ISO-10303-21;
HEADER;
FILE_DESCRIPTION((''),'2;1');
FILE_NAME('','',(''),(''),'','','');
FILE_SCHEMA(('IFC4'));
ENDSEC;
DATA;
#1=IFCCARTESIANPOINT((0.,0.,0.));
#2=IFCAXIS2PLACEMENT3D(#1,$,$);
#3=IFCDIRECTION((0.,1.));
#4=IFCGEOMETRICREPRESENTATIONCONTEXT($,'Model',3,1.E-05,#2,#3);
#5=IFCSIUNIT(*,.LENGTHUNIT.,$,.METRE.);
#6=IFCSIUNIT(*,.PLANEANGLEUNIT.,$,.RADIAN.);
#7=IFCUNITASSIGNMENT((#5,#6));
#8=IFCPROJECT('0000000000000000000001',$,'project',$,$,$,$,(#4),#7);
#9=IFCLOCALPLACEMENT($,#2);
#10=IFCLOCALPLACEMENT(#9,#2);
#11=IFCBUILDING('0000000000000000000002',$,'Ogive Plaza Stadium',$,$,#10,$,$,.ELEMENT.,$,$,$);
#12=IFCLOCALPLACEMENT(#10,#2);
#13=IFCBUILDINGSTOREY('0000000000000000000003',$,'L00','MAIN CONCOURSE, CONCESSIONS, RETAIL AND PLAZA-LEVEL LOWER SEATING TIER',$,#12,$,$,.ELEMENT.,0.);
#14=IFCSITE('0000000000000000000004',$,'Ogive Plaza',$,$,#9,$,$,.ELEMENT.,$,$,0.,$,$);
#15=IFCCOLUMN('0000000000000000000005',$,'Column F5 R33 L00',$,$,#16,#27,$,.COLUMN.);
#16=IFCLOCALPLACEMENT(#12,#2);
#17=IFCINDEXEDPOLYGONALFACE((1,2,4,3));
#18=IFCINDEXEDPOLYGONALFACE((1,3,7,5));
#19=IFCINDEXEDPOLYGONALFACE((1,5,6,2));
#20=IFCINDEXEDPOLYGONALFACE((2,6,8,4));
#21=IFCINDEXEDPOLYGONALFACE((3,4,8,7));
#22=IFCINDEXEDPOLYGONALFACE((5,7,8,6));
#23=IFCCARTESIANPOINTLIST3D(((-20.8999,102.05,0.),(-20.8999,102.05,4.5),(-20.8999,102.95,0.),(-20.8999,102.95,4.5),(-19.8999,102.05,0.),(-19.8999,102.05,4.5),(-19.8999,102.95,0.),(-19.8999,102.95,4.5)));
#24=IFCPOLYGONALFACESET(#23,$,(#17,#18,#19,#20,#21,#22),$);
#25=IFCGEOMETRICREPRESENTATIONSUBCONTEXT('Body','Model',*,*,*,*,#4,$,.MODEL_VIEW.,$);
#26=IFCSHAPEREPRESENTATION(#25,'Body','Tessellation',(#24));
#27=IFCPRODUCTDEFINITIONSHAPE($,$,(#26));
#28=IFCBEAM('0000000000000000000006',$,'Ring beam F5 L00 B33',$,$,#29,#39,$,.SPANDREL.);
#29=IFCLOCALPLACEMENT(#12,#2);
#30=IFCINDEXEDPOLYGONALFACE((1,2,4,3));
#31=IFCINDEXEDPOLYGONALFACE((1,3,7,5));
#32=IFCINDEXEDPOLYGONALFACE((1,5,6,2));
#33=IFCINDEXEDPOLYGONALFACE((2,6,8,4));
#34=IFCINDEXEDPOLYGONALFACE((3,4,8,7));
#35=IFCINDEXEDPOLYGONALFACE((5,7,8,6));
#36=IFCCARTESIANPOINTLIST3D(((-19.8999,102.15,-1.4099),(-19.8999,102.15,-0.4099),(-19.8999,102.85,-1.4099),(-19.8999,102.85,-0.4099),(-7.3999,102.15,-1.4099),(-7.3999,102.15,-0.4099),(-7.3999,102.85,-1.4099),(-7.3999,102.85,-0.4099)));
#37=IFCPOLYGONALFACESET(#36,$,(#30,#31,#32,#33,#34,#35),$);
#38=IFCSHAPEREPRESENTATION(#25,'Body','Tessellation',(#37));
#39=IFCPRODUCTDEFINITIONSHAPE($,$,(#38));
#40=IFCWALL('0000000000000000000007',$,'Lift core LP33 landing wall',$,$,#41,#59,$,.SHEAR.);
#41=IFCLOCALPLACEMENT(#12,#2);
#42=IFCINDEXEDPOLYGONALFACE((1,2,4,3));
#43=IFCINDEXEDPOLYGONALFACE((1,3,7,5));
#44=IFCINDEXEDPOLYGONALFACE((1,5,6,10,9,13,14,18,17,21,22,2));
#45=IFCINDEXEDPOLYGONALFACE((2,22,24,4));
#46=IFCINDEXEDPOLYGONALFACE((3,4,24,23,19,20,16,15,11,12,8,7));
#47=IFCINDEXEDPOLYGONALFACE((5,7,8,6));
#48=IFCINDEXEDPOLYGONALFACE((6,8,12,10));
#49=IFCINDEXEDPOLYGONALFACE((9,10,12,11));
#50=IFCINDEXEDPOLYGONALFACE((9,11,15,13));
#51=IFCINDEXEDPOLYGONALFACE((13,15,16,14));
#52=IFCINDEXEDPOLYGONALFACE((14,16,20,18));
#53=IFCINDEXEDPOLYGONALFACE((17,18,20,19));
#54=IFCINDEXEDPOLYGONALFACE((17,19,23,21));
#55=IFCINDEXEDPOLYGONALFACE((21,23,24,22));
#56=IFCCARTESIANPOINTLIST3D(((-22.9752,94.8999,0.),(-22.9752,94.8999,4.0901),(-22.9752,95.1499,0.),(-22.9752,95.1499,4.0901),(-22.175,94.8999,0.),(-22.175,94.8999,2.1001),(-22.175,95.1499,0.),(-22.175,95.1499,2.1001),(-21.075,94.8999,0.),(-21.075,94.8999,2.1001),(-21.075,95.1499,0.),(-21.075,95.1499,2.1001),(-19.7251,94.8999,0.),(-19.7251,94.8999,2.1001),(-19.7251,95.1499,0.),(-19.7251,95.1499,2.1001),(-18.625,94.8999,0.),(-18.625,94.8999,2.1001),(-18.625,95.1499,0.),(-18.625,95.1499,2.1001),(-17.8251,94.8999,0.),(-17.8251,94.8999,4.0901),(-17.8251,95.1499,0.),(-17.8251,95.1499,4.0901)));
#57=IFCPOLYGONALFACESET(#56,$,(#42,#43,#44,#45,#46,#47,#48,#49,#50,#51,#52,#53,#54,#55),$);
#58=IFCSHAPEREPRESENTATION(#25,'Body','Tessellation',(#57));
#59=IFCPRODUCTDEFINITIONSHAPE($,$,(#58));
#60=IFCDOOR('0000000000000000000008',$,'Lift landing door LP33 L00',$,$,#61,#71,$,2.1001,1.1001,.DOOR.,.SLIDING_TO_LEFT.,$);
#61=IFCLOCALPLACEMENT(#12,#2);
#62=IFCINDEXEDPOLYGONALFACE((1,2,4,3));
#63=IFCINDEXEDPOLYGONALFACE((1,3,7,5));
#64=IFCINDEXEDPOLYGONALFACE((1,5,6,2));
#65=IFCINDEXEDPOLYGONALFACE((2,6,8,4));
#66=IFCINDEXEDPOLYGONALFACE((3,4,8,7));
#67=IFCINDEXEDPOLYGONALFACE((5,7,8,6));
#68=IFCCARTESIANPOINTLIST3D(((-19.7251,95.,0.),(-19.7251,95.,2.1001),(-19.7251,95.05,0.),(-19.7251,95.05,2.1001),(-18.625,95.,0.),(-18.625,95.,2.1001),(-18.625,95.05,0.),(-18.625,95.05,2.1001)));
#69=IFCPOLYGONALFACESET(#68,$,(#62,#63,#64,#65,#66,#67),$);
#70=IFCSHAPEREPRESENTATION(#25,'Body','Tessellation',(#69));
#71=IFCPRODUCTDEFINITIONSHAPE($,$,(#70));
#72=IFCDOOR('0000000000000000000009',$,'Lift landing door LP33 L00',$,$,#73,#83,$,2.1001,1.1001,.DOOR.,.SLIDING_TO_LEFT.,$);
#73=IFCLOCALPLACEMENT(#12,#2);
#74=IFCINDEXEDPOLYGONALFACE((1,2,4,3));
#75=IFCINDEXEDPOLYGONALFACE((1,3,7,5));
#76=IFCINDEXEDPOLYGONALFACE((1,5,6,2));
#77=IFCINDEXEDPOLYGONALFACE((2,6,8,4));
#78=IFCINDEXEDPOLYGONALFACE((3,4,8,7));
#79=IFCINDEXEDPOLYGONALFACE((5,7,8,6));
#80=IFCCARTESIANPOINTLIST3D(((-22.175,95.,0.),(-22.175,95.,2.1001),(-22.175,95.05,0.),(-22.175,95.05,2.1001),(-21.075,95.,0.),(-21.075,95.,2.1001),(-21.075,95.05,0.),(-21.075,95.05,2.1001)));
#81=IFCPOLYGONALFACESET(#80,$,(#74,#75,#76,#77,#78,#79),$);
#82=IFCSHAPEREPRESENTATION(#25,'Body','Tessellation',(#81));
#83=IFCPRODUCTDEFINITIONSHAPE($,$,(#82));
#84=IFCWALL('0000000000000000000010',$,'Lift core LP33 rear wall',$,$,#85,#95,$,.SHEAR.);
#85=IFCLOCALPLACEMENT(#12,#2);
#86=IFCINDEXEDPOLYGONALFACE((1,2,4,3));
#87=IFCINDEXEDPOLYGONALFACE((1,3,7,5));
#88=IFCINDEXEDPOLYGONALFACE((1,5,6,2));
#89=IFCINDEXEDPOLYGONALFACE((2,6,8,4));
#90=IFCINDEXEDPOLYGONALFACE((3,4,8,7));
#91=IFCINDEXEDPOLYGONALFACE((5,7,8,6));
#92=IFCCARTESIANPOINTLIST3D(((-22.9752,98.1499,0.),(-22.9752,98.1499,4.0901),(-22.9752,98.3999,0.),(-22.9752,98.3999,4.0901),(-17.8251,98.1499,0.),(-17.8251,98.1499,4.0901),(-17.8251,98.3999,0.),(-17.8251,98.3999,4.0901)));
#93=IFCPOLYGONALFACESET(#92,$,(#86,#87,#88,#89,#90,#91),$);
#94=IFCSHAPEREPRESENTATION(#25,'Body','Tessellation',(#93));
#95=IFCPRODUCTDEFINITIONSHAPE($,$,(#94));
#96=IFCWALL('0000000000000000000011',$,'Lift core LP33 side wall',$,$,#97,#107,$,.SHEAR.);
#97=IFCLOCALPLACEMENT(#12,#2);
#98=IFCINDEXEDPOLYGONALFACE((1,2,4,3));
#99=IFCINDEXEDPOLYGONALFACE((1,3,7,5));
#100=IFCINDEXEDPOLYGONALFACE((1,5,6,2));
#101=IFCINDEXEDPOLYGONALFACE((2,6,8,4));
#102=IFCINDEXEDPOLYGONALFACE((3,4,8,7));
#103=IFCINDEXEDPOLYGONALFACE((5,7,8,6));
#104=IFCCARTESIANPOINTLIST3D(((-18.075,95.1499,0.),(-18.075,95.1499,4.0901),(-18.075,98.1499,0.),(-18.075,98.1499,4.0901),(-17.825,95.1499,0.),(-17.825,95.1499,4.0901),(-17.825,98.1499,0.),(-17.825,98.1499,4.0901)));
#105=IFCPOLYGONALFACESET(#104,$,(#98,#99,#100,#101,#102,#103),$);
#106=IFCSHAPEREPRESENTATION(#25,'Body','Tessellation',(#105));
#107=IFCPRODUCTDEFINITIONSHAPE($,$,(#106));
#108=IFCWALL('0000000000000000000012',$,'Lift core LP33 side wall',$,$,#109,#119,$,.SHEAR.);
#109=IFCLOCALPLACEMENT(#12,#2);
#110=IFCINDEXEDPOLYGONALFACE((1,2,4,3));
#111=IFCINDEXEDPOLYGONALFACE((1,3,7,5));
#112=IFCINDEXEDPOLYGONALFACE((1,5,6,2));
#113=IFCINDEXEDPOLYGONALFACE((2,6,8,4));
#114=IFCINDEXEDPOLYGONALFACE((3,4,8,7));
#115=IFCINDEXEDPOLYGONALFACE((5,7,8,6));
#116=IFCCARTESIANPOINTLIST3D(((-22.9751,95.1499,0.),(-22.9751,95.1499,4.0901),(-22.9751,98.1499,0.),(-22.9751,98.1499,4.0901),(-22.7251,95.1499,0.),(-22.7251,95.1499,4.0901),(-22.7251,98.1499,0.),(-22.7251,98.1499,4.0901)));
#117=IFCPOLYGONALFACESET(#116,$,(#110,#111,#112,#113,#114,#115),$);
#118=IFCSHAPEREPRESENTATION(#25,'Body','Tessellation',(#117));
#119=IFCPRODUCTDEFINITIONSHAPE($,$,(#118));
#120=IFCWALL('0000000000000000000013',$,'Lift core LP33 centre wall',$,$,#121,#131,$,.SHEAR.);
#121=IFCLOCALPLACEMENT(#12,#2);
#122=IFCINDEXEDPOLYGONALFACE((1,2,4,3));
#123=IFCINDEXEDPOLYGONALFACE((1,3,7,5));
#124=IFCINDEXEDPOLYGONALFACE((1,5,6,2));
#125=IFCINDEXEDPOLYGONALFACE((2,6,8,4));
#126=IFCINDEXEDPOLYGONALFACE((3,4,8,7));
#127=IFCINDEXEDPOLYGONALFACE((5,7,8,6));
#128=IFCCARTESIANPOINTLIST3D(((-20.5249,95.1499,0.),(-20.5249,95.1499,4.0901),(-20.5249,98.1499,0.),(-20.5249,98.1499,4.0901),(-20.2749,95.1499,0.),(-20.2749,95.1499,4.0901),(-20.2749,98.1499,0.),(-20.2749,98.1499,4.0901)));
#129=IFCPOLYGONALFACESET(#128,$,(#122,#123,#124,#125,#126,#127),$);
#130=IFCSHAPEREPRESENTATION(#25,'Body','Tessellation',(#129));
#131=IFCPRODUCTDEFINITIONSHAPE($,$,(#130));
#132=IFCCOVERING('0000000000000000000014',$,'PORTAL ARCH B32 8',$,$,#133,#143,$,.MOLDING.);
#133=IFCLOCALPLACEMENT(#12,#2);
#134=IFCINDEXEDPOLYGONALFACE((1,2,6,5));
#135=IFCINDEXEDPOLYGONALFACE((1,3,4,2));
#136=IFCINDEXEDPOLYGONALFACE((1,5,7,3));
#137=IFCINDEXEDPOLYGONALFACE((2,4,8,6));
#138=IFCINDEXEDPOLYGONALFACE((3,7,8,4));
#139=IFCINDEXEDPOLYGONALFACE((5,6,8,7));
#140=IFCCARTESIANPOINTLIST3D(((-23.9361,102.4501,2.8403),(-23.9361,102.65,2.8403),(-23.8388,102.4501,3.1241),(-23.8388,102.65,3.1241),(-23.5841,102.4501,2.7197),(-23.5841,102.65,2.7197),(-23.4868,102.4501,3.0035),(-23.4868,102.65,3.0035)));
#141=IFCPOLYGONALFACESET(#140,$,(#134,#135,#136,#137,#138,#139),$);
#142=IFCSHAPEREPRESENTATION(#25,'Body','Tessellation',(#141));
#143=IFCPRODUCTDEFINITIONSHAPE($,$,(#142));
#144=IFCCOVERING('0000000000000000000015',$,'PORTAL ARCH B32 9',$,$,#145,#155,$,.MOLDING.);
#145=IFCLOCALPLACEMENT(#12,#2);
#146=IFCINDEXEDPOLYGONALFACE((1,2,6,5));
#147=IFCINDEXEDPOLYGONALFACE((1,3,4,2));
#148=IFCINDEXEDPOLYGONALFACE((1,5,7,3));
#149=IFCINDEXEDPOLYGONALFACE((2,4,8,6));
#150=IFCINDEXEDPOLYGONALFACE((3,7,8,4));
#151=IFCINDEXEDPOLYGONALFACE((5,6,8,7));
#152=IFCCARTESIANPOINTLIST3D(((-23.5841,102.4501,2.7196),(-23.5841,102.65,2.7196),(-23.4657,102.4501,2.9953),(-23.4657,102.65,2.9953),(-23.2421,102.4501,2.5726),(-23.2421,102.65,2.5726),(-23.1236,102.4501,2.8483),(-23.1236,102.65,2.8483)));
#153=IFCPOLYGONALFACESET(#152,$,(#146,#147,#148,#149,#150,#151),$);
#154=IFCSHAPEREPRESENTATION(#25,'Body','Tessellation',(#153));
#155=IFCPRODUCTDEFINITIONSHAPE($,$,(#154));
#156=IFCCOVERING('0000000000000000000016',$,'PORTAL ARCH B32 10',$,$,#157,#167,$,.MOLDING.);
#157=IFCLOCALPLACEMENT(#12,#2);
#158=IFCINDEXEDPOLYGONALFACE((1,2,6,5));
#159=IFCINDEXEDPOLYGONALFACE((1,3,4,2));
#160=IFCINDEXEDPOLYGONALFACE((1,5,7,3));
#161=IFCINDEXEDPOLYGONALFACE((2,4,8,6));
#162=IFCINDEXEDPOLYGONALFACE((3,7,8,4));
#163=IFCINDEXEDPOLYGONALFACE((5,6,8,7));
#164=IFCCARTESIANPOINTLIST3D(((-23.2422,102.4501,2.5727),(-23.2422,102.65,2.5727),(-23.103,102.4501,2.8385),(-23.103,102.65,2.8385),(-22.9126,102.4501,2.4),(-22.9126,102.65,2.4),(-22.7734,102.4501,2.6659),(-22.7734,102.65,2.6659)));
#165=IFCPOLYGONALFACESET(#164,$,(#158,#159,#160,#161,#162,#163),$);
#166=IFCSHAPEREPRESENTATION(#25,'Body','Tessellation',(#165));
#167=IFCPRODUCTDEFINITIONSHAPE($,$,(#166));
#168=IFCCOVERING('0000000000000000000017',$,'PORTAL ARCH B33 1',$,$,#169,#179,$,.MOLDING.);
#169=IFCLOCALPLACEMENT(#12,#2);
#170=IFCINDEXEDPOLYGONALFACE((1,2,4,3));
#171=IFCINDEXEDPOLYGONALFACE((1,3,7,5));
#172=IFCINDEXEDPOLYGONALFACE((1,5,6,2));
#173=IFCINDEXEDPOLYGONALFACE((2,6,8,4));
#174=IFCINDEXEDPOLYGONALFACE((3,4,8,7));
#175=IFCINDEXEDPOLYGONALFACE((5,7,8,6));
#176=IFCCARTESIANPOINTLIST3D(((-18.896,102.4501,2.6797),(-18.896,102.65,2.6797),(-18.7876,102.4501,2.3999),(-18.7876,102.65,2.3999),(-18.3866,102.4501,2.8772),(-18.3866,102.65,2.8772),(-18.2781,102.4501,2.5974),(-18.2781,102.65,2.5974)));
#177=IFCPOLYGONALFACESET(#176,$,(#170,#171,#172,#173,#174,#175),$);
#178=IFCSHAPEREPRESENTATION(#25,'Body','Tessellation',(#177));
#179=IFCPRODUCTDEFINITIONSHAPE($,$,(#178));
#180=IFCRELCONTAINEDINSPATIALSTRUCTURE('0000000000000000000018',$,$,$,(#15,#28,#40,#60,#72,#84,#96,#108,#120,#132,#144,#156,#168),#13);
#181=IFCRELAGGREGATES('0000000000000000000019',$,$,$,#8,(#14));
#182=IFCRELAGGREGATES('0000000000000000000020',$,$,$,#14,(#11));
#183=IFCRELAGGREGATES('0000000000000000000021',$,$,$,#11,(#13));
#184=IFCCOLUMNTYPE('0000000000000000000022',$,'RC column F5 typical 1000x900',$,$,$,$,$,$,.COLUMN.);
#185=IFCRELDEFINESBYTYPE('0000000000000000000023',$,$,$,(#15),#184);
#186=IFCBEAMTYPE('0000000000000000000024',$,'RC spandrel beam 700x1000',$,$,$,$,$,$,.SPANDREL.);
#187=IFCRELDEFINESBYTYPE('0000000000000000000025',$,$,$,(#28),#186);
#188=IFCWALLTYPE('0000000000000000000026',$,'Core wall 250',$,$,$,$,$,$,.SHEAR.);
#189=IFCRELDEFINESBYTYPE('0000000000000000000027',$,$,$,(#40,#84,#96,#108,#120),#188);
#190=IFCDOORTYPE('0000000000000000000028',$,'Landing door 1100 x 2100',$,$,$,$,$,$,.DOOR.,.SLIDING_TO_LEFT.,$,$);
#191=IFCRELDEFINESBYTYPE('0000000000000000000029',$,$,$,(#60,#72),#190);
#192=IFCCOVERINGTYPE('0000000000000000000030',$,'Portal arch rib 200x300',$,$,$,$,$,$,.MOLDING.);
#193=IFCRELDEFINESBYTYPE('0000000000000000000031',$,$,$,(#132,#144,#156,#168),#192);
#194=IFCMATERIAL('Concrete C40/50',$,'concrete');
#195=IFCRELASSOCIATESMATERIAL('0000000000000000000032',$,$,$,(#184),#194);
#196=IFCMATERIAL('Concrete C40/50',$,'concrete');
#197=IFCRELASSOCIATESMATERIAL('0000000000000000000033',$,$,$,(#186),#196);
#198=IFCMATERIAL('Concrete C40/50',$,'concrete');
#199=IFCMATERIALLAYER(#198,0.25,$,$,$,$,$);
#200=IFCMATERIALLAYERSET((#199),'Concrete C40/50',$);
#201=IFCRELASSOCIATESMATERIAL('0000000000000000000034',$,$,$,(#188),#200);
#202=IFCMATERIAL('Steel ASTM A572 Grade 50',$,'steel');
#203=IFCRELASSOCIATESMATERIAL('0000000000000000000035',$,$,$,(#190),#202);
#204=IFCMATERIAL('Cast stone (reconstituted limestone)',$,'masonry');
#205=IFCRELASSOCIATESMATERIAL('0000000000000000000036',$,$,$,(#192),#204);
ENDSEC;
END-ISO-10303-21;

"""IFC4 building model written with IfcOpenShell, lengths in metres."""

from ifc_helpers import new_model, si_unit, direction, frame, frame_2d, origin, origin_2d, place, context, subcontext, project, spatial, rectangle, extrude, material, layer, layer_set, material_profile, profile_set, type_object, element, fill, save


model = new_model("IFC4")

# Units and contexts
model_context = context("Model", 3, precision=1e-05, world=origin(), true_north=direction((0.0, 1.0)))
body_context = subcontext(model_context, "Body", "Model", "MODEL_VIEW")
ifc_project = project(units=[si_unit("LENGTHUNIT", "METRE"), si_unit("PLANEANGLEUNIT", "RADIAN")], contexts=[model_context])

# Site, building, storey
site_placement = place(None, origin())
site = spatial("IfcSite", under=ifc_project, at=site_placement, Name="Ogive Plaza", CompositionType="ELEMENT", RefElevation=0.0)
building_placement = place(site_placement, origin())
building = spatial("IfcBuilding", under=site, at=building_placement, Name="Ogive Plaza Stadium", CompositionType="ELEMENT")
storey_placement = place(building_placement, origin())
storey = spatial("IfcBuildingStorey", under=building, at=storey_placement, Name="L00", Description="MAIN CONCOURSE, CONCESSIONS, RETAIL AND PLAZA-LEVEL LOWER SEATING TIER", CompositionType="ELEMENT", Elevation=0.0)

# Column
ifc_material_1 = material(Name="Concrete C40/50", Category="concrete")
ifc_material_profile_1 = material_profile(ifc_material_1, rectangle(XDim=1.0, YDim=0.8999, at=origin_2d()), Name="RC 1000x900")
ifc_profile_set_1 = profile_set([ifc_material_profile_1], Name="Concrete C40/50")
column_type = type_object("IfcColumnType", Name="RC column F5 typical 1000x900", PredefinedType="COLUMN", material=ifc_profile_set_1)
column_placement = place(storey_placement, frame((-20.3999, 102.5, 0.0), z_axis=(0.0, 0.0, 1.0), x_axis=(-1.0, 0.0, 0.0)))
element("IfcColumn", 1, at=column_placement, inside=storey, type_object=column_type, Name="Column F5 R33 L00", PredefinedType="COLUMN", context=body_context, shape_type="SweptSolid", body=[
    extrude(rectangle(XDim=1.0, YDim=0.8999, at=origin_2d()), origin(), (0.0, 0.0, 1.0), 4.5),
])

# Beam
ifc_material_2 = material(Name="Concrete C40/50", Category="concrete")
ifc_material_profile_2 = material_profile(ifc_material_2, rectangle(XDim=0.7, YDim=1.0, at=origin_2d()), Name="RC 700x1000")
ifc_profile_set_2 = profile_set([ifc_material_profile_2], Name="Concrete C40/50")
beam_type = type_object("IfcBeamType", Name="RC spandrel beam 700x1000", PredefinedType="SPANDREL", material=ifc_profile_set_2)
beam_placement = place(storey_placement, frame((-19.8999, 102.5, -0.9099), z_axis=(1.0, 0.0, 0.0), x_axis=(0.0, 1.0, 0.0)))
element("IfcBeam", 2, at=beam_placement, inside=storey, type_object=beam_type, Name="Ring beam F5 L00 B33", PredefinedType="SPANDREL", context=body_context, shape_type="SweptSolid", body=[
    extrude(rectangle(XDim=0.7, YDim=1.0, at=origin_2d()), origin(), (0.0, 0.0, 1.0), 12.5),
])

# Wall, openings, doors
ifc_material_3 = material(Name="Concrete C40/50", Category="concrete")
ifc_layer_1 = layer(ifc_material_3, 0.25)
ifc_layer_set_1 = layer_set([ifc_layer_1], Name="Concrete C40/50")
wall_type_1 = type_object("IfcWallType", Name="Core wall 250", PredefinedType="SHEAR", material=ifc_layer_set_1)
wall_1_placement = place(storey_placement, frame((-17.825, 95.0249, 0.0), z_axis=(0.0, 0.0, 1.0), x_axis=(-1.0, 0.0, 0.0)))
wall_1 = element("IfcWall", 3, at=wall_1_placement, inside=storey, type_object=wall_type_1, Name="Lift core LP33 landing wall", PredefinedType="SHEAR", context=body_context, shape_type="SweptSolid", body=[
    extrude(rectangle(XDim=5.1501, YDim=0.25, at=frame_2d((2.5752, 0.0))), origin(), (0.0, 0.0, 1.0), 4.0901),
])
opening_1_placement = place(wall_1_placement, frame((0.8, 0.0, 0.0)))
opening_1 = element("IfcOpeningElement", 4, at=opening_1_placement, cuts=wall_1, PredefinedType="OPENING", context=body_context, shape_type="SweptSolid", body=[
    extrude(rectangle(XDim=1.1001, YDim=2.1001, at=frame_2d((0.55, 1.05))), frame((0.0, 0.125, 0.0), z_axis=(0.0, -1.0, 0.0), x_axis=(1.0, 0.0, 0.0)), (0.0, 0.0, 1.0), 0.25),
])
opening_2_placement = place(wall_1_placement, frame((3.25, 0.0, 0.0)))
opening_2 = element("IfcOpeningElement", 5, at=opening_2_placement, cuts=wall_1, PredefinedType="OPENING", context=body_context, shape_type="SweptSolid", body=[
    extrude(rectangle(XDim=1.1001, YDim=2.1001, at=frame_2d((0.55, 1.05))), frame((0.0, 0.125, 0.0), z_axis=(0.0, -1.0, 0.0), x_axis=(1.0, 0.0, 0.0)), (0.0, 0.0, 1.0), 0.25),
])
ifc_material_4 = material(Name="Steel ASTM A572 Grade 50", Category="steel")
door_type_1 = type_object("IfcDoorType", Name="Landing door 1100 x 2100", OperationType="SLIDING_TO_LEFT", PredefinedType="DOOR", material=ifc_material_4)
door_1_placement = place(opening_1_placement, origin())
door_1 = element("IfcDoor", 6, at=door_1_placement, inside=storey, type_object=door_type_1, Name="Lift landing door LP33 L00", OperationType="SLIDING_TO_LEFT", OverallHeight=2.1001, OverallWidth=1.1001, PredefinedType="DOOR", context=body_context, shape_type="SweptSolid", body=[
    extrude(rectangle(XDim=1.1001, YDim=2.1001, at=frame_2d((0.55, 1.05))), frame((0.0, 0.0249, 0.0), z_axis=(0.0, -1.0, 0.0), x_axis=(1.0, 0.0, 0.0)), (0.0, 0.0, 1.0), 0.05),
])
fill(opening_1, door_1)
door_2_placement = place(opening_2_placement, origin())
door_2 = element("IfcDoor", 7, at=door_2_placement, inside=storey, type_object=door_type_1, Name="Lift landing door LP33 L00", OperationType="SLIDING_TO_LEFT", OverallHeight=2.1001, OverallWidth=1.1001, PredefinedType="DOOR", context=body_context, shape_type="SweptSolid", body=[
    extrude(rectangle(XDim=1.1001, YDim=2.1001, at=frame_2d((0.55, 1.05))), frame((0.0, 0.0249, 0.0), z_axis=(0.0, -1.0, 0.0), x_axis=(1.0, 0.0, 0.0)), (0.0, 0.0, 1.0), 0.05),
])
fill(opening_2, door_2)

# Walls
wall_2_placement = place(storey_placement, frame((-17.825, 98.2749, 0.0), z_axis=(0.0, 0.0, 1.0), x_axis=(-1.0, 0.0, 0.0)))
element("IfcWall", 8, at=wall_2_placement, inside=storey, type_object=wall_type_1, Name="Lift core LP33 rear wall", PredefinedType="SHEAR", context=body_context, shape_type="SweptSolid", body=[
    extrude(rectangle(XDim=5.1501, YDim=0.25, at=frame_2d((2.5752, 0.0))), origin(), (0.0, 0.0, 1.0), 4.0901),
])
for number, where, z_axis, x_axis, name in (
    (9, (-17.95, 95.1499, 0.0), (0.0, 0.0, 1.0), (0.0, 1.0, 0.0), "Lift core LP33 side wall"),
    (10, (-22.8501, 95.1499, 0.0), (0.0, 0.0, 1.0), (0.0, 1.0, 0.0), "Lift core LP33 side wall"),
    (11, (-20.3999, 95.1499, 0.0), (0.0, 0.0, 1.0), (0.0, 1.0, 0.0), "Lift core LP33 centre wall"),
):
    element("IfcWall", number, at=place(storey_placement, frame(where, z_axis=z_axis, x_axis=x_axis)), inside=storey, type_object=wall_type_1, Name=name, PredefinedType="SHEAR", context=body_context, shape_type="SweptSolid", body=[
        extrude(rectangle(XDim=3.0, YDim=0.25, at=frame_2d((1.5, 0.0))), origin(), (0.0, 0.0, 1.0), 4.0901),
    ])

# Coverings
ifc_material_5 = material(Name="Cast stone (reconstituted limestone)", Category="masonry")
ifc_material_profile_3 = material_profile(ifc_material_5, rectangle(XDim=0.2, YDim=0.3, at=origin_2d()), Name="Cast stone 200x300")
ifc_profile_set_3 = profile_set([ifc_material_profile_3], Name="Cast stone (reconstituted limestone)")
covering_type = type_object("IfcCoveringType", Name="Portal arch rib 200x300", PredefinedType="MOLDING", material=ifc_profile_set_3)
covering_1_placement = place(storey_placement, frame((-23.8875, 102.55, 2.9822), z_axis=(0.946026, 0.0, -0.324089), x_axis=(0.0, 1.0, 0.0)))
element("IfcCovering", 12, at=covering_1_placement, inside=storey, type_object=covering_type, Name="PORTAL ARCH B32 8", PredefinedType="MOLDING", context=body_context, shape_type="SweptSolid", body=[
    extrude(rectangle(XDim=0.2, YDim=0.3, at=origin_2d()), origin(), (0.0, 0.0, 1.0), 0.3721),
])
covering_2_placement = place(storey_placement, frame((-23.5249, 102.55, 2.8574), z_axis=(0.918771, 0.0, -0.39479), x_axis=(0.0, 1.0, 0.0)))
element("IfcCovering", 13, at=covering_2_placement, inside=storey, type_object=covering_type, Name="PORTAL ARCH B32 9", PredefinedType="MOLDING", context=body_context, shape_type="SweptSolid", body=[
    extrude(rectangle(XDim=0.2, YDim=0.3, at=origin_2d()), origin(), (0.0, 0.0, 1.0), 0.3723),
])
covering_3_placement = place(storey_placement, frame((-23.1726, 102.55, 2.7056), z_axis=(0.88587, 0.0, -0.463933), x_axis=(0.0, 1.0, 0.0)))
element("IfcCovering", 14, at=covering_3_placement, inside=storey, type_object=covering_type, Name="PORTAL ARCH B32 10", PredefinedType="MOLDING", context=body_context, shape_type="SweptSolid", body=[
    extrude(rectangle(XDim=0.2, YDim=0.3, at=origin_2d()), origin(), (0.0, 0.0, 1.0), 0.3721),
])
for number, where, z_axis, x_axis, name in (
    (15, (-18.8418, 102.55, 2.5398), (0.932398, 0.0, 0.361433), (0.0, 1.0, 0.0), "PORTAL ARCH B33 1"),
):
    element("IfcCovering", number, at=place(storey_placement, frame(where, z_axis=z_axis, x_axis=x_axis)), inside=storey, type_object=covering_type, Name=name, PredefinedType="MOLDING", context=body_context, shape_type="SweptSolid", body=[
        extrude(rectangle(XDim=0.2, YDim=0.3, at=origin_2d()), origin(), (0.0, 0.0, 1.0), 0.5464),
    ])

save(model, "model.ifc")
